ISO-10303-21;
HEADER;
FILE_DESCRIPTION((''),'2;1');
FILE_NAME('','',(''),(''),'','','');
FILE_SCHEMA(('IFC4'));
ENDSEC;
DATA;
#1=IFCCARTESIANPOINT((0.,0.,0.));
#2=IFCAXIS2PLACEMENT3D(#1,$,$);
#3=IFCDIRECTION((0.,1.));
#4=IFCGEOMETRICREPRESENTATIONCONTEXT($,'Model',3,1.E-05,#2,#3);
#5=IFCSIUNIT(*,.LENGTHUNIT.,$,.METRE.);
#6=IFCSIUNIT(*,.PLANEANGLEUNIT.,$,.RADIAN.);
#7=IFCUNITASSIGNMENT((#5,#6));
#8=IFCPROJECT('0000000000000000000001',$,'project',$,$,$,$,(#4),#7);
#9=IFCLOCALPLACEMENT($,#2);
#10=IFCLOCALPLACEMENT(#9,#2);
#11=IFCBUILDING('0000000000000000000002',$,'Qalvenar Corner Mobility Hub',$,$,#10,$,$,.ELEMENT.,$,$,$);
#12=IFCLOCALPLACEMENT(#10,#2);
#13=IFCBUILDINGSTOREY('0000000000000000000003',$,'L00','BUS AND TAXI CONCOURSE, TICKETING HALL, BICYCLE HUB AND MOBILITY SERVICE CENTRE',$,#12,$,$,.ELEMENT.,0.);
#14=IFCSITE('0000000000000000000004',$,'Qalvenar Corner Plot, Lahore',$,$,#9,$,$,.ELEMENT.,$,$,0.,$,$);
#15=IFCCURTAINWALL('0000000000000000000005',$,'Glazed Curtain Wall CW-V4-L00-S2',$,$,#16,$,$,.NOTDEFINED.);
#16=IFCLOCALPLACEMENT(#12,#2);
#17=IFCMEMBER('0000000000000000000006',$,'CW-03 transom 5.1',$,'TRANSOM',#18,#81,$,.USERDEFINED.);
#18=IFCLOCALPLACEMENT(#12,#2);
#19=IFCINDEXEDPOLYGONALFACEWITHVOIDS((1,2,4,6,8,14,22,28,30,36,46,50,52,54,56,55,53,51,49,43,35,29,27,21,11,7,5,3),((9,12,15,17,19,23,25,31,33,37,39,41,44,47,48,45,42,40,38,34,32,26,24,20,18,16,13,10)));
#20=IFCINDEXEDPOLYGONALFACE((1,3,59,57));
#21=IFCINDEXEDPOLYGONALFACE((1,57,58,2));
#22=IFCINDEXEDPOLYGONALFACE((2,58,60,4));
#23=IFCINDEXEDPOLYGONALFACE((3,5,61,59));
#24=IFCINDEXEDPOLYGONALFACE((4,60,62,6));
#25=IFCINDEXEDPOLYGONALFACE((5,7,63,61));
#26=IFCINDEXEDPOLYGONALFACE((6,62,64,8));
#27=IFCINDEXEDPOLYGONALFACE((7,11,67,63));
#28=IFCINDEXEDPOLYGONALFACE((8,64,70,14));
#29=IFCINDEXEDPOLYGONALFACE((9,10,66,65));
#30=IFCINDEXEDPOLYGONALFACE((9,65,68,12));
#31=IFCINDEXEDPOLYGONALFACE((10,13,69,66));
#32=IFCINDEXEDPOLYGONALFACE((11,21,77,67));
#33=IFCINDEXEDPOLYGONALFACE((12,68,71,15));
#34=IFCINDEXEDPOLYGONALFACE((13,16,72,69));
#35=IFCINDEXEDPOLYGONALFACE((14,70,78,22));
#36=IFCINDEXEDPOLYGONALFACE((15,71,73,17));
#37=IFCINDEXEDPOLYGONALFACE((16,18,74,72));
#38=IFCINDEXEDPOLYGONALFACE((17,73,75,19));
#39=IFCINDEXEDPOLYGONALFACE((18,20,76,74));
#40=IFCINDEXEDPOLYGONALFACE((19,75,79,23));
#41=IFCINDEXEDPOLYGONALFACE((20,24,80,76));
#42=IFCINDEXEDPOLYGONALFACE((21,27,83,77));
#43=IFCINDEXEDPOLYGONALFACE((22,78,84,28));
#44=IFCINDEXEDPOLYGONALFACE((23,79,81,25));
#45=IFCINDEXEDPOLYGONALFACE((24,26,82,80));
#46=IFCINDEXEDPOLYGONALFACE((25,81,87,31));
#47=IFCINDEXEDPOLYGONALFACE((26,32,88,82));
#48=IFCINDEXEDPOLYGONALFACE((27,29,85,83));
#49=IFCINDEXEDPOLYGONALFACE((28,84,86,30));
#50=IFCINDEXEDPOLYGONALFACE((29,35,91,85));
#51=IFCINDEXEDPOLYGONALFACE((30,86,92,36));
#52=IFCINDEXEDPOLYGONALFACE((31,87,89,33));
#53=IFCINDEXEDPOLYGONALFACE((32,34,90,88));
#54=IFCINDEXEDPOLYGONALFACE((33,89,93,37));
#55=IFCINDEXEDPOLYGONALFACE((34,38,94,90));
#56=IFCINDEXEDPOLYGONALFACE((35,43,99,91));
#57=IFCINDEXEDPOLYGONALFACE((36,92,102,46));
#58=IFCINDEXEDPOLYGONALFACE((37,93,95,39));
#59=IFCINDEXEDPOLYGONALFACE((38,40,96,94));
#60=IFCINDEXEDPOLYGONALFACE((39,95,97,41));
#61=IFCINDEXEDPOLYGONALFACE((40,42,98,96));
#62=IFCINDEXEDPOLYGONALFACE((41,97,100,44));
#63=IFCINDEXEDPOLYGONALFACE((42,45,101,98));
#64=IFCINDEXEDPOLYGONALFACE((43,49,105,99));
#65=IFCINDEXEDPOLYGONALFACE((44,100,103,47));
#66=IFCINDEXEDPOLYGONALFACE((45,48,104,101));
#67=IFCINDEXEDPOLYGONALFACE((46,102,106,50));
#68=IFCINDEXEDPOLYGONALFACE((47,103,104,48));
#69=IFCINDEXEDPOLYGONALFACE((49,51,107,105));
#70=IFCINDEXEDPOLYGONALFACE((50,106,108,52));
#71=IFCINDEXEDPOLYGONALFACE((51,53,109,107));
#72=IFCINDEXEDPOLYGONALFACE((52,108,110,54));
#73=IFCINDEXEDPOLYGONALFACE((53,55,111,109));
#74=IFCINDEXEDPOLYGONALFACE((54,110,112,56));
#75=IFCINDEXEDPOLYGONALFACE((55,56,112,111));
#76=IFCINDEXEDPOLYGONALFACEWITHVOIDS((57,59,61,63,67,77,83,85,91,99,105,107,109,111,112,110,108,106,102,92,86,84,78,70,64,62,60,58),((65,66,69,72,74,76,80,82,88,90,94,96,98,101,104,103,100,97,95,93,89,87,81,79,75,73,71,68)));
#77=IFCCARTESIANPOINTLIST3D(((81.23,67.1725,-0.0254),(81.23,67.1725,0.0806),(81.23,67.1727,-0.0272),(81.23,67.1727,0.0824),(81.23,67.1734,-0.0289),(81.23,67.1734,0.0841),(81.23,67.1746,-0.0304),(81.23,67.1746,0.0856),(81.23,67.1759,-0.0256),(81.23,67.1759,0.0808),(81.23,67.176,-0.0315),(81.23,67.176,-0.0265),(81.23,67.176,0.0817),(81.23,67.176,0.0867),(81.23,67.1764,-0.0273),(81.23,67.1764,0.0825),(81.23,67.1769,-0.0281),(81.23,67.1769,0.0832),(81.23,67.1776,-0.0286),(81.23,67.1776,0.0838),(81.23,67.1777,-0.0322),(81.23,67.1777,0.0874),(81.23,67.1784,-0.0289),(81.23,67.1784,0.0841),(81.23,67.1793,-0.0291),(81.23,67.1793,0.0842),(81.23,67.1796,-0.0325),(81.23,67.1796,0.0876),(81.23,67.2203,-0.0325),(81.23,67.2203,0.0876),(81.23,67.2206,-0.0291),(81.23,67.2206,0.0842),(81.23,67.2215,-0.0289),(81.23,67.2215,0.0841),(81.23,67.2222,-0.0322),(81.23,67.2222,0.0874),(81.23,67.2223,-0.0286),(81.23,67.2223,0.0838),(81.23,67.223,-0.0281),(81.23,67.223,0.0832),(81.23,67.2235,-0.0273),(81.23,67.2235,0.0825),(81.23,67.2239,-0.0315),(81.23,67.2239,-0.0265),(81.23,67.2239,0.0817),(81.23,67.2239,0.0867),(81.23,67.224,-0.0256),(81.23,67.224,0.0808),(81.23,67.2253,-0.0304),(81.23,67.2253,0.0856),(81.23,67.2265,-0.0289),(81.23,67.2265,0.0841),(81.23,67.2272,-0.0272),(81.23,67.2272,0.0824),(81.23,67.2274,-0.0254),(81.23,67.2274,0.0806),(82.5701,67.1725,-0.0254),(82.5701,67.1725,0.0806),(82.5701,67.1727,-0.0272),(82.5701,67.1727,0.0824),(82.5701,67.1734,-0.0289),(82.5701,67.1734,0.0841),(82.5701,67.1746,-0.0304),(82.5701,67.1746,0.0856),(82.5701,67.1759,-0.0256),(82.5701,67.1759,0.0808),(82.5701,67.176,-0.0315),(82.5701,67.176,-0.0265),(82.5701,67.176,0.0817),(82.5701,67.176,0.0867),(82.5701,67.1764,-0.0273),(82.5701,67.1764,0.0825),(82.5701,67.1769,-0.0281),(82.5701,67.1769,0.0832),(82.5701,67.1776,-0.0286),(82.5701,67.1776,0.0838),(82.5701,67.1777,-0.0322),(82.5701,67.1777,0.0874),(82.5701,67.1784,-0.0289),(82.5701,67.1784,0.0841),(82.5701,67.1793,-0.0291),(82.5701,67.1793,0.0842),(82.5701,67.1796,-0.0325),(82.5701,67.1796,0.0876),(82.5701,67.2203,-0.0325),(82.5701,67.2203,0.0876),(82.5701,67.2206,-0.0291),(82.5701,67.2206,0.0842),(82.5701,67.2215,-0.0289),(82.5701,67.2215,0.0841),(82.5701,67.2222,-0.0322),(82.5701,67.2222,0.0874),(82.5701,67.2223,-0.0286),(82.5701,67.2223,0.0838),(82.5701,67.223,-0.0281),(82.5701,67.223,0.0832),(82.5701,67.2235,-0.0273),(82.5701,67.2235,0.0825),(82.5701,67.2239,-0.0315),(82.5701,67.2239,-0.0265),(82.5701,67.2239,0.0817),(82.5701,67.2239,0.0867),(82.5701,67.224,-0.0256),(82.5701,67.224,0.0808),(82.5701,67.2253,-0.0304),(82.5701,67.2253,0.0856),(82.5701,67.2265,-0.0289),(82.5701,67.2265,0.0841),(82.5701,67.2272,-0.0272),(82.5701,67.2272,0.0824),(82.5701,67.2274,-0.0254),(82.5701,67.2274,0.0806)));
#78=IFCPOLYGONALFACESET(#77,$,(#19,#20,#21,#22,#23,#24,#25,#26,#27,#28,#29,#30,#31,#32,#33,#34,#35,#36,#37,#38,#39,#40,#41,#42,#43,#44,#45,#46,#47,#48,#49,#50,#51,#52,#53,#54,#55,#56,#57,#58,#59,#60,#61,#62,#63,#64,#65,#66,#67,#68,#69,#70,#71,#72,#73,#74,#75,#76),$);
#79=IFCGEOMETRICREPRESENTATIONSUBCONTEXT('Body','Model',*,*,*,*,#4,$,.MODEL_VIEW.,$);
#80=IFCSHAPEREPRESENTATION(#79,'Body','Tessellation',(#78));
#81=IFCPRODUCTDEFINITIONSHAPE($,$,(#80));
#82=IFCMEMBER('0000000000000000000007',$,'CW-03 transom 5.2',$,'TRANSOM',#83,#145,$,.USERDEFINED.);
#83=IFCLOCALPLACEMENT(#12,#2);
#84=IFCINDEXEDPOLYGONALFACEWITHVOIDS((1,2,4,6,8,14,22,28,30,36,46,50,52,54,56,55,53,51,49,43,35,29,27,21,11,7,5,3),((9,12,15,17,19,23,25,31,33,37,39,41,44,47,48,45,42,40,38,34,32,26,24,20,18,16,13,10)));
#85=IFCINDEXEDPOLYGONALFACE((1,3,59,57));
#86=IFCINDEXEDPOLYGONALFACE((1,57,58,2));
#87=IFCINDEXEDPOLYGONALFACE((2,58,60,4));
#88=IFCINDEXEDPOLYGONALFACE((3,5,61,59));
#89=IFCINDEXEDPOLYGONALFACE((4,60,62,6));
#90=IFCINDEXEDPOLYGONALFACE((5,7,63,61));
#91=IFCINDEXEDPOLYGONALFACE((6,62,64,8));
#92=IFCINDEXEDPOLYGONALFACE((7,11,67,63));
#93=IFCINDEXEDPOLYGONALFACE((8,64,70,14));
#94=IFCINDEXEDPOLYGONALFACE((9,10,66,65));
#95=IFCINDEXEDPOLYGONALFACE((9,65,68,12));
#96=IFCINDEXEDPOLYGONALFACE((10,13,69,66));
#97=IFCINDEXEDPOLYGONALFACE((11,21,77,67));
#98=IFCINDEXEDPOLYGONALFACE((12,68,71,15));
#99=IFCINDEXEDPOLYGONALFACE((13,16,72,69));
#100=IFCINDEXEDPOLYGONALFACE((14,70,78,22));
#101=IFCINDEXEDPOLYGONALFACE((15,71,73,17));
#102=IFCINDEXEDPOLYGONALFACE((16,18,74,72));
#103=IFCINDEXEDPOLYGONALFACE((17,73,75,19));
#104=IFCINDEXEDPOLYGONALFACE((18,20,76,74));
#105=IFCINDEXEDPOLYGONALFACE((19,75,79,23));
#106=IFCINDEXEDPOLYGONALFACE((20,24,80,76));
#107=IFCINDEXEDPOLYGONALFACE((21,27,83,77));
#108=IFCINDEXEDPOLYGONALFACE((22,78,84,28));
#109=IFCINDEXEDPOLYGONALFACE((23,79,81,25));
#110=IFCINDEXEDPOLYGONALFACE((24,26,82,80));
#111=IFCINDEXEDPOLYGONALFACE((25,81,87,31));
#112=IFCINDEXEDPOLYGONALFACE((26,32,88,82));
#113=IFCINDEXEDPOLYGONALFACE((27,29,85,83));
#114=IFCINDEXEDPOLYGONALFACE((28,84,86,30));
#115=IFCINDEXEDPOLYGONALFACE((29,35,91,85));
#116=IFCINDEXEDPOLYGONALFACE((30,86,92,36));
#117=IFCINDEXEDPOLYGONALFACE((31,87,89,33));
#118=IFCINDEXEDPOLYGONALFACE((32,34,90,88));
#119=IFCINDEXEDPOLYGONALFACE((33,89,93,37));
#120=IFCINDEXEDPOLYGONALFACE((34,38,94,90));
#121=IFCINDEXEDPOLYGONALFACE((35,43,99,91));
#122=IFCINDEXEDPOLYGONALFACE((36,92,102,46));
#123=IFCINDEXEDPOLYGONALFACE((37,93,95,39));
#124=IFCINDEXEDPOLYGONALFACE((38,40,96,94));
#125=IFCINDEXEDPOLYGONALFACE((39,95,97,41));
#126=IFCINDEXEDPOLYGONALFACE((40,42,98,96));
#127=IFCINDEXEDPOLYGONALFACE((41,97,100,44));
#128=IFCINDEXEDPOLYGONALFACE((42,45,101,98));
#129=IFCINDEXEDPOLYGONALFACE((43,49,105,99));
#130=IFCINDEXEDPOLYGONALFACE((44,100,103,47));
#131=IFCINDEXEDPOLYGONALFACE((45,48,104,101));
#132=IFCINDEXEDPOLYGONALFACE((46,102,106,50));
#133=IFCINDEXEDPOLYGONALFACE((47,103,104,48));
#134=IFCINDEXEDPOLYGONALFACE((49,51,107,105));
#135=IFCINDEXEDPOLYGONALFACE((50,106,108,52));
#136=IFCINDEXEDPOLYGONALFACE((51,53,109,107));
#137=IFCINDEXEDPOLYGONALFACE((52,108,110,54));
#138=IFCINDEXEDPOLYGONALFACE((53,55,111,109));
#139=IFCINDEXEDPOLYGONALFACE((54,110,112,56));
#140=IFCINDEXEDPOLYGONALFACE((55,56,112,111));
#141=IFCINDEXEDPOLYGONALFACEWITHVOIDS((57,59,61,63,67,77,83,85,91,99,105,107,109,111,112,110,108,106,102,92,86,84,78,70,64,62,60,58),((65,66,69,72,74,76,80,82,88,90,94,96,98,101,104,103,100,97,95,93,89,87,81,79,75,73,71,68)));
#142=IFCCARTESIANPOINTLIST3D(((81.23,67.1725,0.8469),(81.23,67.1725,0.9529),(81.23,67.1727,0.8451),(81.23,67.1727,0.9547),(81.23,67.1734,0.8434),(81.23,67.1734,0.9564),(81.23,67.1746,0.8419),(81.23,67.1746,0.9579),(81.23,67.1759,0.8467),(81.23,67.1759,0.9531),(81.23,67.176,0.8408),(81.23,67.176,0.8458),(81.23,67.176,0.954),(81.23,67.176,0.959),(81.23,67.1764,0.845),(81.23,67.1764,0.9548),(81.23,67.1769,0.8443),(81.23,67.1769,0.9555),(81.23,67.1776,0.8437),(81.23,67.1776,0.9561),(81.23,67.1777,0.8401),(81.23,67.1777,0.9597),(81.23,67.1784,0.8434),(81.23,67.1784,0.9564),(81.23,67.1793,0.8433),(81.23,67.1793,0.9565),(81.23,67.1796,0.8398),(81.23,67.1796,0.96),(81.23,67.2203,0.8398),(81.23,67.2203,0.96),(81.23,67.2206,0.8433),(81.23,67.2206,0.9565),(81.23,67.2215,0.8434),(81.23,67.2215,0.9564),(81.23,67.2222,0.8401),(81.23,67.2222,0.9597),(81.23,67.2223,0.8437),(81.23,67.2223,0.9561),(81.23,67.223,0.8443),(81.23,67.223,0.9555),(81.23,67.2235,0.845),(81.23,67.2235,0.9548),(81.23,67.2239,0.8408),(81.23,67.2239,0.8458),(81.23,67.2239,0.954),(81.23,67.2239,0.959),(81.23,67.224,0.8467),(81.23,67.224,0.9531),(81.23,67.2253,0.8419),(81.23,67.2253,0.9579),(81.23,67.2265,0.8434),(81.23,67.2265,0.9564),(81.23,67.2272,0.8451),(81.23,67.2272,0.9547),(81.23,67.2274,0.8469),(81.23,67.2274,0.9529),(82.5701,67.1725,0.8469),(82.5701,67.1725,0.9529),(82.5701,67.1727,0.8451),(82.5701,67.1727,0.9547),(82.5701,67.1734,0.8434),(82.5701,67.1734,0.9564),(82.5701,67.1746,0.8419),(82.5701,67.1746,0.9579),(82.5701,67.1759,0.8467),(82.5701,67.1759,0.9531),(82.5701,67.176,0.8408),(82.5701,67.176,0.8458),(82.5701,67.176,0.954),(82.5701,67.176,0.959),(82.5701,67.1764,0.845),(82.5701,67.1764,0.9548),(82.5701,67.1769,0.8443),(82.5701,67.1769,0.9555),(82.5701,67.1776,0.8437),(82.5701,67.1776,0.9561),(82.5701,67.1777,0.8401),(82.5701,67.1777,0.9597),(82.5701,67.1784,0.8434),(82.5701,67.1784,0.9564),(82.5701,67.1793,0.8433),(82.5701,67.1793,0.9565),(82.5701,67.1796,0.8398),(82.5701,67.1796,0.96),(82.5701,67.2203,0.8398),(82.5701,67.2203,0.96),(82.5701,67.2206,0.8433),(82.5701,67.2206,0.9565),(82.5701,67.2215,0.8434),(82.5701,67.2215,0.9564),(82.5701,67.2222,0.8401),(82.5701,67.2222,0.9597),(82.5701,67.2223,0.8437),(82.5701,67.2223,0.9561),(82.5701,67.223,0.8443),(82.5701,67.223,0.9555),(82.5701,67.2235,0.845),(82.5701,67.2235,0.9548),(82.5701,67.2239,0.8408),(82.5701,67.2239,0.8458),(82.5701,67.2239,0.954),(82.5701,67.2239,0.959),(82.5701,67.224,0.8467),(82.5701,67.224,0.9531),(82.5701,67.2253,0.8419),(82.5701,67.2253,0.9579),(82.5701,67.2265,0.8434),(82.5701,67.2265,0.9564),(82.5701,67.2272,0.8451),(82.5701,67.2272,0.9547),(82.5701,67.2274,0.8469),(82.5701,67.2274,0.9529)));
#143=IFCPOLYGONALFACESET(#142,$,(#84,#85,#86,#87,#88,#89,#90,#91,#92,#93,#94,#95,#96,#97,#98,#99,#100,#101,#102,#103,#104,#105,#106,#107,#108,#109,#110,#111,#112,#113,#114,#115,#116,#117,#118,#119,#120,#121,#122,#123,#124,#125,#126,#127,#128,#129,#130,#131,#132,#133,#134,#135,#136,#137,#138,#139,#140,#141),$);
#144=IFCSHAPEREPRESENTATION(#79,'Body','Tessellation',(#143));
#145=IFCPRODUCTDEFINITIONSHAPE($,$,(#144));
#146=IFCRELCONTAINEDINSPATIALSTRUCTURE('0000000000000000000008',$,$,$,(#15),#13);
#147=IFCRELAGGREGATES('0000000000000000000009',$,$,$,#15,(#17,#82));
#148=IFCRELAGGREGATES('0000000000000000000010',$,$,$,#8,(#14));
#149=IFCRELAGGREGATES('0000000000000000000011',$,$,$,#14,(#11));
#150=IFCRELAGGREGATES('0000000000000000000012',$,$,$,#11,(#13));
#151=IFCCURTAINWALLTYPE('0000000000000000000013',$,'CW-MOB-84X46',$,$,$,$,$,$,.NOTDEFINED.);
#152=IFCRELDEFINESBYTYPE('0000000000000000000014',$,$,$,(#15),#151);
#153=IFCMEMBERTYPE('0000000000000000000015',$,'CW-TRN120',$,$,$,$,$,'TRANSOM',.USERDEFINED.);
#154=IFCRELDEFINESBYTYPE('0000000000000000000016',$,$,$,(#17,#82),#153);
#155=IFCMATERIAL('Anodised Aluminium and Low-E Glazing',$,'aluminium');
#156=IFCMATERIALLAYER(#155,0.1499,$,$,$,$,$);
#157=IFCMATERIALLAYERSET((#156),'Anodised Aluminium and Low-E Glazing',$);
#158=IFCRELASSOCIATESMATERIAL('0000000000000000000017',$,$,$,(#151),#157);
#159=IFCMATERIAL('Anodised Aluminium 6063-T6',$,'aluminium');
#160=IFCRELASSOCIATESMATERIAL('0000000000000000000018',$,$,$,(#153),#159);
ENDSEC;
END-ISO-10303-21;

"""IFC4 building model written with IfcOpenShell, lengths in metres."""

from ifc_helpers import new_model, si_unit, direction, frame, origin, origin_2d, place, context, subcontext, project, spatial, hollow_rectangle, extrude, material, layer, layer_set, material_profile, profile_set, type_object, element, aggregate, save


model = new_model("IFC4")

# Units and contexts
model_context = context("Model", 3, precision=1e-05, world=origin(), true_north=direction((0.0, 1.0)))
body_context = subcontext(model_context, "Body", "Model", "MODEL_VIEW")
ifc_project = project(units=[si_unit("LENGTHUNIT", "METRE"), si_unit("PLANEANGLEUNIT", "RADIAN")], contexts=[model_context])

# Site, building, storey
site_placement = place(None, origin())
site = spatial("IfcSite", under=ifc_project, at=site_placement, Name="Qalvenar Corner Plot, Lahore", CompositionType="ELEMENT", RefElevation=0.0)
building_placement = place(site_placement, origin())
building = spatial("IfcBuilding", under=site, at=building_placement, Name="Qalvenar Corner Mobility Hub", CompositionType="ELEMENT")
storey_placement = place(building_placement, origin())
storey = spatial("IfcBuildingStorey", under=building, at=storey_placement, Name="L00", Description="BUS AND TAXI CONCOURSE, TICKETING HALL, BICYCLE HUB AND MOBILITY SERVICE CENTRE", CompositionType="ELEMENT", Elevation=0.0)

# Curtain wall
ifc_material_1 = material(Name="Anodised Aluminium and Low-E Glazing", Category="aluminium")
ifc_layer_1 = layer(ifc_material_1, 0.1499)
ifc_layer_set_1 = layer_set([ifc_layer_1], Name="Anodised Aluminium and Low-E Glazing")
curtain_wall_type_1 = type_object("IfcCurtainWallType", Name="CW-MOB-84X46", PredefinedType="NOTDEFINED", material=ifc_layer_set_1)
curtain_wall_1_placement = place(storey_placement, origin())
curtain_wall_1 = element("IfcCurtainWall", 1, at=curtain_wall_1_placement, inside=storey, type_object=curtain_wall_type_1, Name="Glazed Curtain Wall CW-V4-L00-S2", PredefinedType="NOTDEFINED")
ifc_material_2 = material(Name="Anodised Aluminium 6063-T6", Category="aluminium")

# Members
ifc_material_profile_1 = material_profile(ifc_material_2, hollow_rectangle(XDim=0.0549, YDim=0.1201, WallThickness=0.0034, InnerFilletRadius=0.0034, OuterFilletRadius=0.0071, at=origin_2d()), Name="RHS120x55x3.5")
ifc_profile_set_1 = profile_set([ifc_material_profile_1], Name="Anodised Aluminium 6063-T6")
member_type_1 = type_object("IfcMemberType", Name="CW-TRN120", ElementType="TRANSOM", PredefinedType="USERDEFINED", material=ifc_profile_set_1)
member_1_placement = place(storey_placement, frame((81.23, 67.2, 0.0276), z_axis=(1.0, 0.0, 0.0), x_axis=(0.0, 1.0, 0.0)))
member_1 = element("IfcMember", 2, at=member_1_placement, type_object=member_type_1, Name="CW-03 transom 5.1", ObjectType="TRANSOM", PredefinedType="USERDEFINED", context=body_context, shape_type="SweptSolid", body=[
    extrude(hollow_rectangle(XDim=0.0549, YDim=0.1201, WallThickness=0.0034, InnerFilletRadius=0.0034, OuterFilletRadius=0.0071, at=origin_2d()), origin(), (0.0, 0.0, 1.0), 1.3401),
])
member_2_placement = place(storey_placement, frame((81.23, 67.2, 0.8999), z_axis=(1.0, 0.0, 0.0), x_axis=(0.0, 1.0, 0.0)))
member_2 = element("IfcMember", 3, at=member_2_placement, type_object=member_type_1, Name="CW-03 transom 5.2", ObjectType="TRANSOM", PredefinedType="USERDEFINED", context=body_context, shape_type="SweptSolid", body=[
    extrude(hollow_rectangle(XDim=0.0549, YDim=0.1201, WallThickness=0.0034, InnerFilletRadius=0.0034, OuterFilletRadius=0.0071, at=origin_2d()), origin(), (0.0, 0.0, 1.0), 1.3401),
])

aggregate(curtain_wall_1, [member_1, member_2])

save(model, "model.ifc")
